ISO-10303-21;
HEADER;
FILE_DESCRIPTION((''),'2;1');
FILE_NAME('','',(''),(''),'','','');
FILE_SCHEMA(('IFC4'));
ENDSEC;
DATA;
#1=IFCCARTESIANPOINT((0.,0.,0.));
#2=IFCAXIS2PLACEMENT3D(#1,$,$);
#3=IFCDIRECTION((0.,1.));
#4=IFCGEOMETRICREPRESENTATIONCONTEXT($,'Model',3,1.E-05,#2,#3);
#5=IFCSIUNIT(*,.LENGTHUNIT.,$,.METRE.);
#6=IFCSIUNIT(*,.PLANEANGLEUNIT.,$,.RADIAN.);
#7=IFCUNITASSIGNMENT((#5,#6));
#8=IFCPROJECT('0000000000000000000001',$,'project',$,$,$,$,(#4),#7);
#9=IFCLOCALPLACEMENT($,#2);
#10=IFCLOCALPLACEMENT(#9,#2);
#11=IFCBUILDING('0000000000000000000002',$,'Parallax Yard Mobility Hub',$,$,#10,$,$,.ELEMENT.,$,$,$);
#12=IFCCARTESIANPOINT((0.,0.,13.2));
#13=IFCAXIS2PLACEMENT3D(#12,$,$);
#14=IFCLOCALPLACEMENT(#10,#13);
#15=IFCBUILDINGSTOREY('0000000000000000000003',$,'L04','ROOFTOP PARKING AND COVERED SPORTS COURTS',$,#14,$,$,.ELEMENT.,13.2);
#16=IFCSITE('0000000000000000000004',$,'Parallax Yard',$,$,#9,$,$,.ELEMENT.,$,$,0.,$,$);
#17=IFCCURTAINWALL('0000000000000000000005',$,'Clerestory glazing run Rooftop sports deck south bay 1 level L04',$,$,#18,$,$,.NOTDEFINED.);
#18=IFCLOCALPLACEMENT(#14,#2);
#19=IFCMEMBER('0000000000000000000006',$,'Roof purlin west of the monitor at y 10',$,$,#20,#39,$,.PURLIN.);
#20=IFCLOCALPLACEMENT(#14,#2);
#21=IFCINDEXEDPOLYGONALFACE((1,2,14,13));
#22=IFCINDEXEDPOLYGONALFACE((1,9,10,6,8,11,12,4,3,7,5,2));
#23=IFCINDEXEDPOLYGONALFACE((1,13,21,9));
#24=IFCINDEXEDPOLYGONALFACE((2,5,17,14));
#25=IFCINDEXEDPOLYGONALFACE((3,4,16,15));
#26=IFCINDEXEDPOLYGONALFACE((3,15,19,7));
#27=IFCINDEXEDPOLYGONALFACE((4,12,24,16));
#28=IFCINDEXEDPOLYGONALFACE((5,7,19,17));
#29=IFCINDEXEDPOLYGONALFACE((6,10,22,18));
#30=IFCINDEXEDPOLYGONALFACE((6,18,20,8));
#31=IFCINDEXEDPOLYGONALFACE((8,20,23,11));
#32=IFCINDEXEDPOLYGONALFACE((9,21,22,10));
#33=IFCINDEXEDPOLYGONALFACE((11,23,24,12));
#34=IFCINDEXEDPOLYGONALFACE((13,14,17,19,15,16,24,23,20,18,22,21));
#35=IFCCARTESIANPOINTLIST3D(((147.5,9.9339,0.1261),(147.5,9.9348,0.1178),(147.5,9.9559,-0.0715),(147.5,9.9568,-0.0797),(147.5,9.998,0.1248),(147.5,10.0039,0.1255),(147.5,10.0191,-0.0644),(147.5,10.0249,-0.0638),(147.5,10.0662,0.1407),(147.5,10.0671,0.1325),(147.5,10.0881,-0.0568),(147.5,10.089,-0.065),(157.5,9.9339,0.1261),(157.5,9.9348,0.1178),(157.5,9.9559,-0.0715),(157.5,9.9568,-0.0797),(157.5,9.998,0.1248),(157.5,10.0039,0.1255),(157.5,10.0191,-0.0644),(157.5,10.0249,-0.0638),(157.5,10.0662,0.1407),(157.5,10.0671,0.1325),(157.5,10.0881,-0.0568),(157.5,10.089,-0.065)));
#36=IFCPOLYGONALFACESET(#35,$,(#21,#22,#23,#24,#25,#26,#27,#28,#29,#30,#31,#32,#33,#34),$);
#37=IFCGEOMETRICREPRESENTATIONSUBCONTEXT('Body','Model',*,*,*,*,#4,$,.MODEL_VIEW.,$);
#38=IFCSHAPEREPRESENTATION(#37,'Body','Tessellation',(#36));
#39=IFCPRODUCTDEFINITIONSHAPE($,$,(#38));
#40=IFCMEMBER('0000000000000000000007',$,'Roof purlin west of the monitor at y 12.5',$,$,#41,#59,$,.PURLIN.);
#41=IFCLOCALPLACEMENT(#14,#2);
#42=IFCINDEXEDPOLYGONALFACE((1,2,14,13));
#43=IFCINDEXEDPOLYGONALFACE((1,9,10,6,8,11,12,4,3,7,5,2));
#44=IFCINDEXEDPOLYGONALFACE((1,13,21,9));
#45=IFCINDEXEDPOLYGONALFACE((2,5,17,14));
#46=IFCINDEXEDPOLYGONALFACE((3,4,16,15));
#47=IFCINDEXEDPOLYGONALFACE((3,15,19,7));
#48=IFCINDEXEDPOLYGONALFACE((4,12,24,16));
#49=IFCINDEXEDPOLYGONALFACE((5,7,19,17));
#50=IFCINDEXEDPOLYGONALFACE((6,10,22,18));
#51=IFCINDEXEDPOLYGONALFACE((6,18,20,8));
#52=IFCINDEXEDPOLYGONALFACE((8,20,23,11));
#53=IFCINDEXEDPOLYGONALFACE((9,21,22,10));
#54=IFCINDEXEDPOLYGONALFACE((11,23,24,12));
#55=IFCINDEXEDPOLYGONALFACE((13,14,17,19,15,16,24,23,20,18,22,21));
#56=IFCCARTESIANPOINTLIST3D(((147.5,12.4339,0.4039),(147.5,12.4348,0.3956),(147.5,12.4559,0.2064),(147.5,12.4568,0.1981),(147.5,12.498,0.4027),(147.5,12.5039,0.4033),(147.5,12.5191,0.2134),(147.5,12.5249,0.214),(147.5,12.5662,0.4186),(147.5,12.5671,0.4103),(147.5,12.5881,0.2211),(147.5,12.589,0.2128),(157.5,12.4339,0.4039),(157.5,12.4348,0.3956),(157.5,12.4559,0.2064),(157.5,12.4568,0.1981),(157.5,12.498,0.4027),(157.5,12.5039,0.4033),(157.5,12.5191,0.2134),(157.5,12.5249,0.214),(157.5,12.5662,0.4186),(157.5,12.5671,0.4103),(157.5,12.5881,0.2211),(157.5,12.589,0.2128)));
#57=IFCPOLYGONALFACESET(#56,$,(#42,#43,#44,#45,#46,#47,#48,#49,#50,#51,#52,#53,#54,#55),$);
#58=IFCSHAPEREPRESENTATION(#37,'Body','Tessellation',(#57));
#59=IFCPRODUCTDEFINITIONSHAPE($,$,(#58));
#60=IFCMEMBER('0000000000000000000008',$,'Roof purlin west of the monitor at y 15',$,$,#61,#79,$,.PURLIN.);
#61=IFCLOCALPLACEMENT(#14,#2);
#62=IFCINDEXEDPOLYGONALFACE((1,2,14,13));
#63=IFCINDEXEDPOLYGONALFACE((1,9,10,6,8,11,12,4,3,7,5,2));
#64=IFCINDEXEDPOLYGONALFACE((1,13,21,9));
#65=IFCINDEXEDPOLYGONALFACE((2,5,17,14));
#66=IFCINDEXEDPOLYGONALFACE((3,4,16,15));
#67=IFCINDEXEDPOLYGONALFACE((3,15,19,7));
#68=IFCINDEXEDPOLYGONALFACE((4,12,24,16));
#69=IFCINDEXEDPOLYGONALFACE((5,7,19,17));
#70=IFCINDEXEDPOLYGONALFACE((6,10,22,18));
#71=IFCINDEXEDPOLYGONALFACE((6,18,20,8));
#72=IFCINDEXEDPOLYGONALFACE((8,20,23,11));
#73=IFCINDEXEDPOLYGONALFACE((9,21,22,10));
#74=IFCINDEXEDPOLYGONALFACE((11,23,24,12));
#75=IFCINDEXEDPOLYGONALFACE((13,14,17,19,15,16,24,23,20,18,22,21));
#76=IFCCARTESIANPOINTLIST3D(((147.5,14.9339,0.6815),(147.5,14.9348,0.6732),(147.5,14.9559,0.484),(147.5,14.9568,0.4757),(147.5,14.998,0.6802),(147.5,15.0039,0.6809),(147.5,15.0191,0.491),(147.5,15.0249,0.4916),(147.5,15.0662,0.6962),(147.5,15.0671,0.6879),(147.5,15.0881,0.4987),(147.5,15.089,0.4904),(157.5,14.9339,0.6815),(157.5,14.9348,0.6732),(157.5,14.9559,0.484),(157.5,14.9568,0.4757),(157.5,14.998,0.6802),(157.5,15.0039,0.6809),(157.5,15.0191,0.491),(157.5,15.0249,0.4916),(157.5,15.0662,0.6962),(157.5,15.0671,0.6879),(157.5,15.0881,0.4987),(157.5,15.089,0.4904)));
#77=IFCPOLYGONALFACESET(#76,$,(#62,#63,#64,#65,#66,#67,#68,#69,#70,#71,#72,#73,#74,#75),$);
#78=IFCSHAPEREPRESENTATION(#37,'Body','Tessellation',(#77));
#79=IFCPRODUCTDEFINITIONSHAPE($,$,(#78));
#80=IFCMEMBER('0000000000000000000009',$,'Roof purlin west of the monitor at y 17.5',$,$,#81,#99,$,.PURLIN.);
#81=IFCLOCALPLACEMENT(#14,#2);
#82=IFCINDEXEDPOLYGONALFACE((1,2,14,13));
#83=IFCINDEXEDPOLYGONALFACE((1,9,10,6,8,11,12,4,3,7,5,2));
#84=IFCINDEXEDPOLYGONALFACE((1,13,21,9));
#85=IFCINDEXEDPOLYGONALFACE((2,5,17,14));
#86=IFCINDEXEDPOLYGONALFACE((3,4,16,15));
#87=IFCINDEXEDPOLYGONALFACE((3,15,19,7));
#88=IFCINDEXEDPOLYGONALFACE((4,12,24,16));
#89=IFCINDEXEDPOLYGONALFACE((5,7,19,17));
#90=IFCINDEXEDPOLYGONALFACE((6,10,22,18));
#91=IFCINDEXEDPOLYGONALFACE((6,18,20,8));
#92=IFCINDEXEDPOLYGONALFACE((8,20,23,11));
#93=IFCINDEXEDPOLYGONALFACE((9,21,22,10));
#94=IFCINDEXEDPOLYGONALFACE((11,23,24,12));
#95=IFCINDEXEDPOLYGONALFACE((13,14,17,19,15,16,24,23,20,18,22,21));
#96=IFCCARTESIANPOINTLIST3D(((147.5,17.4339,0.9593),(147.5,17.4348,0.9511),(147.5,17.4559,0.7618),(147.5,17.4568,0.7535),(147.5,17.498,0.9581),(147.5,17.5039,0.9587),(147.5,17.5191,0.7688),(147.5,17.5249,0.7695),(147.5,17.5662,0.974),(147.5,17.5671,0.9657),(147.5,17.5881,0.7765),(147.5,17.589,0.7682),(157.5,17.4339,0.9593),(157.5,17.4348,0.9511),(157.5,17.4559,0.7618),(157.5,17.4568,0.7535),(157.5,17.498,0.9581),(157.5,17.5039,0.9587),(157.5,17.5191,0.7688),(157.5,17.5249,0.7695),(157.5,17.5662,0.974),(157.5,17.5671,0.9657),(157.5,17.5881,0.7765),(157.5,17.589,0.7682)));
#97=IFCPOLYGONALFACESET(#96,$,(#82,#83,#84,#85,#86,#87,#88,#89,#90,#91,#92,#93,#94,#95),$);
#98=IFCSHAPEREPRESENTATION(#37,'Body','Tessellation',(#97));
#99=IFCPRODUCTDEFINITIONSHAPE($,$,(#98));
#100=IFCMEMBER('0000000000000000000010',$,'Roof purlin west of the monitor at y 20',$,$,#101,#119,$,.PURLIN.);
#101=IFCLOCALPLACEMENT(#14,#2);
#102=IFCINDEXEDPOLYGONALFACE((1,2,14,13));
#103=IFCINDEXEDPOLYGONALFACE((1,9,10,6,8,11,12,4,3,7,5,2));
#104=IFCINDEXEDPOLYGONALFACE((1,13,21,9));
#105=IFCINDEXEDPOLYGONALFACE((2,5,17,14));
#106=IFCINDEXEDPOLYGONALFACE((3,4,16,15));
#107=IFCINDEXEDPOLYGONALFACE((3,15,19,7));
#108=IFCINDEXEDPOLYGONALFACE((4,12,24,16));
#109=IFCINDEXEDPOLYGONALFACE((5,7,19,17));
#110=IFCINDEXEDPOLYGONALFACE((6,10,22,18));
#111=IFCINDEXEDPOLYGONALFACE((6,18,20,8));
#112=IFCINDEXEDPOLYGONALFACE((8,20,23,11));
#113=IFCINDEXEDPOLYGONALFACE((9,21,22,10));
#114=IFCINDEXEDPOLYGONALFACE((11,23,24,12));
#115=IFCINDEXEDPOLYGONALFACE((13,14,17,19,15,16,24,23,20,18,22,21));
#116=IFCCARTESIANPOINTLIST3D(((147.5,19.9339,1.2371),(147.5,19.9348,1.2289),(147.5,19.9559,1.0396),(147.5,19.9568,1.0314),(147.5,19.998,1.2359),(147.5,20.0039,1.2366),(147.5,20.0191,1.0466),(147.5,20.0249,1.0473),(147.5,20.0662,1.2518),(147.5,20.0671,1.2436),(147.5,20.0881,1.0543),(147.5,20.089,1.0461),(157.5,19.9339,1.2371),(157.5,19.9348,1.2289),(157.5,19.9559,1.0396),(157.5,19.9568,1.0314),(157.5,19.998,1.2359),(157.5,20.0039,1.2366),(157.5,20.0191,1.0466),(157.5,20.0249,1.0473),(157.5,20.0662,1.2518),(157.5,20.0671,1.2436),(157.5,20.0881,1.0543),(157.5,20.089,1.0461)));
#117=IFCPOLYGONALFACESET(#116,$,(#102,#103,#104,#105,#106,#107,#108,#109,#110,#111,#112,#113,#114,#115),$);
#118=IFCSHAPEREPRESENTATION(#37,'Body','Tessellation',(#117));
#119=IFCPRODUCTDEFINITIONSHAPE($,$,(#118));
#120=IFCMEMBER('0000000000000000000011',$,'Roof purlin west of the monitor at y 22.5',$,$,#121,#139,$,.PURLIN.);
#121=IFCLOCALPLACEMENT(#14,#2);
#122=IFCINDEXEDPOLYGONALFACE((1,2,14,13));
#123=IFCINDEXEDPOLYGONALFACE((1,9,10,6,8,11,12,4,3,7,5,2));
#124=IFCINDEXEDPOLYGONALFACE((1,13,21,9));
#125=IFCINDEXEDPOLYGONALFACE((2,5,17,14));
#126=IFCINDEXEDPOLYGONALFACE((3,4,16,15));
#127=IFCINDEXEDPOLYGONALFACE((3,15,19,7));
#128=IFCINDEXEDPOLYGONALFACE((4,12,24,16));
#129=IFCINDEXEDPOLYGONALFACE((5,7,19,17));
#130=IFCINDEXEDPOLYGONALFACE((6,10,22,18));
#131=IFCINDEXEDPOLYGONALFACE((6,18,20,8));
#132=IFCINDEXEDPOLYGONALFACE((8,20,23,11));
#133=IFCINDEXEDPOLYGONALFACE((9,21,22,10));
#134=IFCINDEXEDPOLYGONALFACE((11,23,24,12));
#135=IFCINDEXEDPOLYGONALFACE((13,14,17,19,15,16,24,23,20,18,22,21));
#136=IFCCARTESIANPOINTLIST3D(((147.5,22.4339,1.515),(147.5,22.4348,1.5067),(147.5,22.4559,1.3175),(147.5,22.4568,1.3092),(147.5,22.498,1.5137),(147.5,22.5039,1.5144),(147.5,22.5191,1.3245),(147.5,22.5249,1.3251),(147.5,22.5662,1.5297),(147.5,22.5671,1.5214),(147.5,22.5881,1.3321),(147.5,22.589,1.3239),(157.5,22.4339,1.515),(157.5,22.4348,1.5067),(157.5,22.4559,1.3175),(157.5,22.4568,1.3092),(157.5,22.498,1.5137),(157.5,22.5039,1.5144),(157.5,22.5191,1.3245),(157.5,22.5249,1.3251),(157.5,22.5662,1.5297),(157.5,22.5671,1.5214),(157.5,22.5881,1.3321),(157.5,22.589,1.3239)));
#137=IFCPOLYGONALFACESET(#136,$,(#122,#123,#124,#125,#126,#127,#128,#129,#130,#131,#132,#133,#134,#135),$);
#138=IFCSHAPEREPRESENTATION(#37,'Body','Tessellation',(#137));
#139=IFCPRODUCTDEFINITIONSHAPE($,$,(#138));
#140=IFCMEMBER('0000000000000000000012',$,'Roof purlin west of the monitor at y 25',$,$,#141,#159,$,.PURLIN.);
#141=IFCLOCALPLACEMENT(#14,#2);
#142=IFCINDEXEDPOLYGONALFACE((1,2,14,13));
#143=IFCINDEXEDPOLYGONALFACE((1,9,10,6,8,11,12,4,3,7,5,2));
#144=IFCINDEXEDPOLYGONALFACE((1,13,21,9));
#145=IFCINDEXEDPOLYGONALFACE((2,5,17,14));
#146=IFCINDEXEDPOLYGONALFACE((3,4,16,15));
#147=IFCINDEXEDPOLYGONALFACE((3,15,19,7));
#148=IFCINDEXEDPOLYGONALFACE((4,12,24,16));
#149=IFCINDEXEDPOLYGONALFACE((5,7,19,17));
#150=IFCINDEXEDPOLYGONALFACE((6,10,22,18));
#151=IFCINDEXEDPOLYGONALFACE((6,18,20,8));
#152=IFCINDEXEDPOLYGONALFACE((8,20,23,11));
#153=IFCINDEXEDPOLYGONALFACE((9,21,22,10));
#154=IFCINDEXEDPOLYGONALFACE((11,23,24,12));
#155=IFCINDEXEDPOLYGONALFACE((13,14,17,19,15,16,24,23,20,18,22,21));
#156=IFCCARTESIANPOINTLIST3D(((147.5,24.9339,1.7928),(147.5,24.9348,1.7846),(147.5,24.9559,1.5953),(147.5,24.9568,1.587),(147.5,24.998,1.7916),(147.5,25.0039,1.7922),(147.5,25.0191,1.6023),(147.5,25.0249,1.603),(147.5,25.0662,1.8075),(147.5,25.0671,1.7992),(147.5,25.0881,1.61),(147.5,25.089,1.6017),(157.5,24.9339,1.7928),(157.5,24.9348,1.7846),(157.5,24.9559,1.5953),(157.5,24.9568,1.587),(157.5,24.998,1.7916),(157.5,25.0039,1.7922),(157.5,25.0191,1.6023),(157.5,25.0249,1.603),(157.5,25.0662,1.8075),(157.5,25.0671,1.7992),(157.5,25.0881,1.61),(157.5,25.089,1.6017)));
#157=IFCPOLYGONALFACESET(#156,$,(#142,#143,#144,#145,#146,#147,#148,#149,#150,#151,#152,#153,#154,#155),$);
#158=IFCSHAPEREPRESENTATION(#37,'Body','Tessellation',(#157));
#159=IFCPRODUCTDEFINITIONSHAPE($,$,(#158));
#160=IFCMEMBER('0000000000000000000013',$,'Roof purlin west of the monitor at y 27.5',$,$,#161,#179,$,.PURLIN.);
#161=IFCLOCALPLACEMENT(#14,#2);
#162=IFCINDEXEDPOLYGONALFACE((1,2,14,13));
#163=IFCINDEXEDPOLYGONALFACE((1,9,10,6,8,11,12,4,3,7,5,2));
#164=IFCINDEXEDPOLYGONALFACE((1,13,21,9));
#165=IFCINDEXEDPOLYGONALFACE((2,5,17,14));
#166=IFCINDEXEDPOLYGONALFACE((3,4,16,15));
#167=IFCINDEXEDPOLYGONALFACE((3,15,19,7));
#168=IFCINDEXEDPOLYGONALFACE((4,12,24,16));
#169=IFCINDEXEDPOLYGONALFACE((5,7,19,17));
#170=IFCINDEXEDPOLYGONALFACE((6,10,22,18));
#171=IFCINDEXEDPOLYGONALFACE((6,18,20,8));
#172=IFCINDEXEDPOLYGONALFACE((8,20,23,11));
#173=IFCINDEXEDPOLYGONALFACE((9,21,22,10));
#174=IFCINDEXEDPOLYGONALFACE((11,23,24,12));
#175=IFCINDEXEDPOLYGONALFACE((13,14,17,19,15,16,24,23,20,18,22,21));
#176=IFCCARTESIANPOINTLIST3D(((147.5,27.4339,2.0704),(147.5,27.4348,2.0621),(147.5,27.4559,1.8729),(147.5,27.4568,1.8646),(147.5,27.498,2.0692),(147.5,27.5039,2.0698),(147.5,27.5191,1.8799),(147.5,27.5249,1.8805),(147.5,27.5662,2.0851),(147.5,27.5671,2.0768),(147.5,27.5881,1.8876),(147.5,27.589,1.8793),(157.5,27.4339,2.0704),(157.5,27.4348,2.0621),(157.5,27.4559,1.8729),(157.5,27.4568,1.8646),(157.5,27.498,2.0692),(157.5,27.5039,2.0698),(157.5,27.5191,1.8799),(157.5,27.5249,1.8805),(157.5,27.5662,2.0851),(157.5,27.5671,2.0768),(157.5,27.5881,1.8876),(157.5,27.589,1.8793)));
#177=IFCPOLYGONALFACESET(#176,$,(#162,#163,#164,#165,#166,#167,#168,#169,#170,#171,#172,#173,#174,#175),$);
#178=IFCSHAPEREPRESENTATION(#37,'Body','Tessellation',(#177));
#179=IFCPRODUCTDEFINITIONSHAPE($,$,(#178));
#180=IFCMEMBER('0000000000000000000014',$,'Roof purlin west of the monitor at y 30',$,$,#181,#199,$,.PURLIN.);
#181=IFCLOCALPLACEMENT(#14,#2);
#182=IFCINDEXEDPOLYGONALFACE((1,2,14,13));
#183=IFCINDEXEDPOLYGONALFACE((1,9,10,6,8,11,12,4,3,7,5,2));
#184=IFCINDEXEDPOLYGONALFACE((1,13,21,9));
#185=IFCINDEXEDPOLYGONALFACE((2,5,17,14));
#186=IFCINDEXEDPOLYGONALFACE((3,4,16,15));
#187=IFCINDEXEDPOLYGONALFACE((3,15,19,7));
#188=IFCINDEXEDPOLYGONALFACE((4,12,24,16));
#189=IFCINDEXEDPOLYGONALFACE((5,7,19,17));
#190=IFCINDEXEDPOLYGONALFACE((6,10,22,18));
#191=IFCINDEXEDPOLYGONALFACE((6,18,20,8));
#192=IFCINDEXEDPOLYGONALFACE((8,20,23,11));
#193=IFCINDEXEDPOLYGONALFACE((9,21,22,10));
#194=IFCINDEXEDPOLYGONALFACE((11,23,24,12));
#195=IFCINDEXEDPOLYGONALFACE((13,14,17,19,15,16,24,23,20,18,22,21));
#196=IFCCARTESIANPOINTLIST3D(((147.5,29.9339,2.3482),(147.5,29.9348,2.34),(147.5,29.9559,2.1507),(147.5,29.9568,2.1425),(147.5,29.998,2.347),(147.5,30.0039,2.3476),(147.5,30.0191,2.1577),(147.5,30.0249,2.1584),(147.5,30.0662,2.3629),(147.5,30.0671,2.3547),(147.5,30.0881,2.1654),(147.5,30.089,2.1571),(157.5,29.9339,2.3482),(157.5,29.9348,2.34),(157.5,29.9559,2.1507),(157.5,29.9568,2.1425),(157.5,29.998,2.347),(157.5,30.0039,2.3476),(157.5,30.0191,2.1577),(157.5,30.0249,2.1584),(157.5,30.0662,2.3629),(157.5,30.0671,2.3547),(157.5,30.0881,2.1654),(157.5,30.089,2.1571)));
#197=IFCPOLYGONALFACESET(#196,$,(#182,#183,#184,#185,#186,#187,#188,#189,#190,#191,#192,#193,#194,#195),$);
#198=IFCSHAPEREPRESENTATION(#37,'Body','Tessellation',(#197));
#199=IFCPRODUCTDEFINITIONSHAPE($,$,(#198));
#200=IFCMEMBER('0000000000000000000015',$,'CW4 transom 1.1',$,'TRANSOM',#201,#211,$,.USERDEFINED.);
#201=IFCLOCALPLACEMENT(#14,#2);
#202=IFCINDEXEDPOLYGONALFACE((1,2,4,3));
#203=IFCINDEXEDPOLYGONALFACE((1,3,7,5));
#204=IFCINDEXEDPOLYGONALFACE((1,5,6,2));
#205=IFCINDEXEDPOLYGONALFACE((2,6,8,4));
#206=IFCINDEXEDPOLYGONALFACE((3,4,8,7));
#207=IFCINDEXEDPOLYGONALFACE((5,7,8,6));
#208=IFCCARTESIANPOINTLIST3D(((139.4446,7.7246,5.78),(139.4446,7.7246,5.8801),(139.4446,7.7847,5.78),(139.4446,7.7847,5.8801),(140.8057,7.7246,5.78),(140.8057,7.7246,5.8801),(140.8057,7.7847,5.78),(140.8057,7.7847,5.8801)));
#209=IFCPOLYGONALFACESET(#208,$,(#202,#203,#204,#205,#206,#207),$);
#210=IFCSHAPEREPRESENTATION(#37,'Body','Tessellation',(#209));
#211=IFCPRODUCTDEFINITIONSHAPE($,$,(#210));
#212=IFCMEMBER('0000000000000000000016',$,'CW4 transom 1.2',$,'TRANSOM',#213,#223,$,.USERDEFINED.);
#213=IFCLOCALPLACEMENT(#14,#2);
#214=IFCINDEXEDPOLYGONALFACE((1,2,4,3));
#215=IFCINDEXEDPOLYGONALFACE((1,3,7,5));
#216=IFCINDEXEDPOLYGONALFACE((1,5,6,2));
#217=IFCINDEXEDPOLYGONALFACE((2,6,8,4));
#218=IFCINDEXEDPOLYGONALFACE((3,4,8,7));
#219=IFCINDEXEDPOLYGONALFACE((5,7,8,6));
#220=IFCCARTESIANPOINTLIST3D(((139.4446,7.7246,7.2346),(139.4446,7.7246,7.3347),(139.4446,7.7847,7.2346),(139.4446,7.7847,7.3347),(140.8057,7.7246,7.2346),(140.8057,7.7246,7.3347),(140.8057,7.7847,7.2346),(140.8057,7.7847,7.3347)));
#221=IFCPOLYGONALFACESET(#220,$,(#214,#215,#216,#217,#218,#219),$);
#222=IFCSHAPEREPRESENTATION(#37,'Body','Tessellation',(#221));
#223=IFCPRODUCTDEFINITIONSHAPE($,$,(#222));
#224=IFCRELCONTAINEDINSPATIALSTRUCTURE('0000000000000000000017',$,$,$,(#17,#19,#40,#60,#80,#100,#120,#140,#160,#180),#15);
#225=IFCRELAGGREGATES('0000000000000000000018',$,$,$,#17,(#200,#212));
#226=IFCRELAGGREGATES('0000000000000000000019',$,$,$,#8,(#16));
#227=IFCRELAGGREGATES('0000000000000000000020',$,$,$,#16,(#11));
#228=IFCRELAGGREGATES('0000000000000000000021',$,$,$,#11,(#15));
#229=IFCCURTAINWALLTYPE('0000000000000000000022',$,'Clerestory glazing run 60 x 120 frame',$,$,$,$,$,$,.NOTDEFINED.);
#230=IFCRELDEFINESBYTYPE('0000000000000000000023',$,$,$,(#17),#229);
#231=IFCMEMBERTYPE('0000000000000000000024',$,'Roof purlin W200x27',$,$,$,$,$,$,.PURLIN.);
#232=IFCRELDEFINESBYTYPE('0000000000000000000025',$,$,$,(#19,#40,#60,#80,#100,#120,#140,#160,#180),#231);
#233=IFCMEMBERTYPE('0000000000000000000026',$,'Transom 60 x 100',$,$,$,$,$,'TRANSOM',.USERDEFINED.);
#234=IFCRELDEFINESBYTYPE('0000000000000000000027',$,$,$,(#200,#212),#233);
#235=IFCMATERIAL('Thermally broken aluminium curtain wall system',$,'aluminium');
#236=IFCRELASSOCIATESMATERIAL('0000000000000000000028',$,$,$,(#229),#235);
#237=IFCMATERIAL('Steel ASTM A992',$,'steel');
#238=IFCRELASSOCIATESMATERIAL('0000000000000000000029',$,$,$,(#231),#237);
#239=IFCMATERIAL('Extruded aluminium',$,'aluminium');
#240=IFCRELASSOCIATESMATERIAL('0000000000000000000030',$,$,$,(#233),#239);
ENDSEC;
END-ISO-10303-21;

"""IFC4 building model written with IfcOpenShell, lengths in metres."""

from ifc_helpers import new_model, si_unit, direction, frame, origin, origin_2d, place, context, subcontext, project, spatial, rectangle, i_section, extrude, material, material_profile, profile_set, type_object, element, aggregate, save


model = new_model("IFC4")

# Units and contexts
model_context = context("Model", 3, precision=1e-05, world=origin(), true_north=direction((0.0, 1.0)))
body_context = subcontext(model_context, "Body", "Model", "MODEL_VIEW")
ifc_project = project(units=[si_unit("LENGTHUNIT", "METRE"), si_unit("PLANEANGLEUNIT", "RADIAN")], contexts=[model_context])

# Site, building, storey
site_placement = place(None, origin())
site = spatial("IfcSite", under=ifc_project, at=site_placement, Name="Parallax Yard", CompositionType="ELEMENT", RefElevation=0.0)
building_placement = place(site_placement, origin())
building = spatial("IfcBuilding", under=site, at=building_placement, Name="Parallax Yard Mobility Hub", CompositionType="ELEMENT")
storey_placement = place(building_placement, frame((0.0, 0.0, 13.2)))
storey = spatial("IfcBuildingStorey", under=building, at=storey_placement, Name="L04", Description="ROOFTOP PARKING AND COVERED SPORTS COURTS", CompositionType="ELEMENT", Elevation=13.2)

# Shared definitions
ifc_material_1 = material(Name="Steel ASTM A992", Category="steel")

# Curtain wall
ifc_material_2 = material(Name="Thermally broken aluminium curtain wall system", Category="aluminium")
curtain_wall_type = type_object("IfcCurtainWallType", Name="Clerestory glazing run 60 x 120 frame", PredefinedType="NOTDEFINED", material=ifc_material_2)
curtain_wall_1_placement = place(storey_placement, origin())
curtain_wall_1 = element("IfcCurtainWall", 1, at=curtain_wall_1_placement, inside=storey, type_object=curtain_wall_type, Name="Clerestory glazing run Rooftop sports deck south bay 1 level L04", PredefinedType="NOTDEFINED")
ifc_material_3 = material(Name="Extruded aluminium", Category="aluminium")

# Members
ifc_material_profile_1 = material_profile(ifc_material_1, i_section(OverallWidth=0.1331, OverallDepth=0.207, WebThickness=0.0059, FlangeThickness=0.0083, at=origin_2d()), Name="W200x27")
ifc_profile_set_1 = profile_set([ifc_material_profile_1], Name="Steel ASTM A992")
member_type_1 = type_object("IfcMemberType", Name="Roof purlin W200x27", PredefinedType="PURLIN", material=ifc_profile_set_1)
for number, where, z_axis, x_axis, name in (
    (2, (147.5, 10.0115, 0.0305), (1.0, 0.0, 0.0), (0.0, 0.993884, 0.110432), "Roof purlin west of the monitor at y 10"),
    (3, (147.5, 12.5115, 0.3083), (1.0, 0.0, 0.0), (0.0, 0.993884, 0.110432), "Roof purlin west of the monitor at y 12.5"),
    (4, (147.5, 15.0115, 0.5859), (1.0, 0.0, 0.0), (0.0, 0.993884, 0.110432), "Roof purlin west of the monitor at y 15"),
    (5, (147.5, 17.5115, 0.8638), (1.0, 0.0, 0.0), (0.0, 0.993884, 0.110432), "Roof purlin west of the monitor at y 17.5"),
    (6, (147.5, 20.0115, 1.1416), (1.0, 0.0, 0.0), (0.0, 0.993884, 0.110432), "Roof purlin west of the monitor at y 20"),
    (7, (147.5, 22.5115, 1.4194), (1.0, 0.0, 0.0), (0.0, 0.993884, 0.110432), "Roof purlin west of the monitor at y 22.5"),
    (8, (147.5, 25.0115, 1.6973), (1.0, 0.0, 0.0), (0.0, 0.993884, 0.110432), "Roof purlin west of the monitor at y 25"),
    (9, (147.5, 27.5115, 1.9749), (1.0, 0.0, 0.0), (0.0, 0.993884, 0.110432), "Roof purlin west of the monitor at y 27.5"),
    (10, (147.5, 30.0115, 2.2527), (1.0, 0.0, 0.0), (0.0, 0.993884, 0.110432), "Roof purlin west of the monitor at y 30"),
):
    element("IfcMember", number, at=place(storey_placement, frame(where, z_axis=z_axis, x_axis=x_axis)), inside=storey, type_object=member_type_1, Name=name, PredefinedType="PURLIN", context=body_context, shape_type="SweptSolid", body=[
        extrude(i_section(OverallWidth=0.1331, OverallDepth=0.207, WebThickness=0.0059, FlangeThickness=0.0083, at=origin_2d()), origin(), (0.0, 0.0, 1.0), 10.0),
    ])

# Members
ifc_material_profile_2 = material_profile(ifc_material_3, rectangle(XDim=0.0601, YDim=0.1001, at=origin_2d()), Name="Transom 60 x 100")
ifc_profile_set_2 = profile_set([ifc_material_profile_2], Name="Extruded aluminium")
member_type_2 = type_object("IfcMemberType", Name="Transom 60 x 100", ElementType="TRANSOM", PredefinedType="USERDEFINED", material=ifc_profile_set_2)
member_1_placement = place(storey_placement, frame((139.4446, 7.7546, 5.8301), z_axis=(1.0, 0.0, 0.0), x_axis=(0.0, 1.0, 0.0)))
member_1 = element("IfcMember", 11, at=member_1_placement, type_object=member_type_2, Name="CW4 transom 1.1", ObjectType="TRANSOM", PredefinedType="USERDEFINED", context=body_context, shape_type="SweptSolid", body=[
    extrude(rectangle(XDim=0.0601, YDim=0.1001, at=origin_2d()), origin(), (0.0, 0.0, 1.0), 1.3611),
])
member_2_placement = place(storey_placement, frame((139.4446, 7.7546, 7.2847), z_axis=(1.0, 0.0, 0.0), x_axis=(0.0, 1.0, 0.0)))
member_2 = element("IfcMember", 12, at=member_2_placement, type_object=member_type_2, Name="CW4 transom 1.2", ObjectType="TRANSOM", PredefinedType="USERDEFINED", context=body_context, shape_type="SweptSolid", body=[
    extrude(rectangle(XDim=0.0601, YDim=0.1001, at=origin_2d()), origin(), (0.0, 0.0, 1.0), 1.3611),
])

aggregate(curtain_wall_1, [member_1, member_2])

save(model, "model.ifc")
